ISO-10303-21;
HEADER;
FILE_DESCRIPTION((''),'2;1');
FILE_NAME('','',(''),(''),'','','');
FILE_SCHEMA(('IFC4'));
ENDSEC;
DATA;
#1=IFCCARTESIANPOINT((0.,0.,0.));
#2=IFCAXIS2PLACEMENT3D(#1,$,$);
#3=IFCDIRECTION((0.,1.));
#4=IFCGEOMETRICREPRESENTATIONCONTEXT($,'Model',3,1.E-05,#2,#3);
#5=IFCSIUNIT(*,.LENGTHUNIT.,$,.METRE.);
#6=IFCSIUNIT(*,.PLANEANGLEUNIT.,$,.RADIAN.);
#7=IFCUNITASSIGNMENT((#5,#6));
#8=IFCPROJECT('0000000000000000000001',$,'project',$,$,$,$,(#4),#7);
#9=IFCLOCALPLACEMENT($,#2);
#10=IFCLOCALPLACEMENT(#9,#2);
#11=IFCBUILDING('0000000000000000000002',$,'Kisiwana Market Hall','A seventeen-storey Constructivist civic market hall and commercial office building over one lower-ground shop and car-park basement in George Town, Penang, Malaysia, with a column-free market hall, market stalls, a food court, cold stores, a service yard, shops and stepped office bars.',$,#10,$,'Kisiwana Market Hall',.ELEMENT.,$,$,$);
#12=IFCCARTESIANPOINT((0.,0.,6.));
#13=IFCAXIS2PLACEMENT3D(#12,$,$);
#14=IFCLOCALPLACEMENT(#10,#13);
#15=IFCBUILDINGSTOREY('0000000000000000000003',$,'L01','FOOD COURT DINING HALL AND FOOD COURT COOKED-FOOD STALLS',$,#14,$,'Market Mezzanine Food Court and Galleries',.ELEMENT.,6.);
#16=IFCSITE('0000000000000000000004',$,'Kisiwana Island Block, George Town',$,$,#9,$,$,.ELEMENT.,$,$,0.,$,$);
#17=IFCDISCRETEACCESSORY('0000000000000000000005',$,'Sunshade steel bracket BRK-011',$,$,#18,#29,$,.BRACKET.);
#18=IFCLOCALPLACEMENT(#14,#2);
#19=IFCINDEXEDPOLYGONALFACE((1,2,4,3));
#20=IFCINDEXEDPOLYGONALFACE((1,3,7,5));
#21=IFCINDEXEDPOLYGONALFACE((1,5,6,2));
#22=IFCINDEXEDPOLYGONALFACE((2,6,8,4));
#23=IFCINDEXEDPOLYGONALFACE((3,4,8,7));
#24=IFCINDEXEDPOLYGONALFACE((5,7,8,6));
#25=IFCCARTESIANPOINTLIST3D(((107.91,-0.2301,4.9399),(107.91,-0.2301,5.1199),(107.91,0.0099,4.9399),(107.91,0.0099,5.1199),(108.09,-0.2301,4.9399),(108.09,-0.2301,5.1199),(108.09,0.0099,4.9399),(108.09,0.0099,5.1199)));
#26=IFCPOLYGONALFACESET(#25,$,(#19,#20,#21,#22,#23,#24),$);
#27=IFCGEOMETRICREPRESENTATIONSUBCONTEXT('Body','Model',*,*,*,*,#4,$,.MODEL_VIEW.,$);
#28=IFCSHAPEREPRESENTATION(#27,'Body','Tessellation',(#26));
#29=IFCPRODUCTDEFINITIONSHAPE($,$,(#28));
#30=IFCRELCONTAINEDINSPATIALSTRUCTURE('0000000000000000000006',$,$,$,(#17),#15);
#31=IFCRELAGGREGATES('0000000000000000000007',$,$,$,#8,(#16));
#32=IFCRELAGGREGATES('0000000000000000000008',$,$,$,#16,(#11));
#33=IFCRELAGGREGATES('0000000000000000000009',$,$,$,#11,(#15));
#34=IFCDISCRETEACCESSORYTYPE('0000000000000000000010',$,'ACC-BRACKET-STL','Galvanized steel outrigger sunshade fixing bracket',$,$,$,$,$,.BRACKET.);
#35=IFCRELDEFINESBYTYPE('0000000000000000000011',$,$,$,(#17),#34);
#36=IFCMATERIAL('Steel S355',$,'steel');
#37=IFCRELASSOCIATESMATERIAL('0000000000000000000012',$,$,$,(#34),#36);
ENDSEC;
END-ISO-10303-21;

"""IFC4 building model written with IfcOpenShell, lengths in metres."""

from ifc_helpers import new_model, si_unit, direction, frame, origin, origin_2d, place, context, subcontext, project, spatial, rectangle, extrude, material, type_object, element, save


model = new_model("IFC4")

# Units and contexts
model_context = context("Model", 3, precision=1e-05, world=origin(), true_north=direction((0.0, 1.0)))
body_context = subcontext(model_context, "Body", "Model", "MODEL_VIEW")
ifc_project = project(units=[si_unit("LENGTHUNIT", "METRE"), si_unit("PLANEANGLEUNIT", "RADIAN")], contexts=[model_context])

# Site, building, storey
site_placement = place(None, origin())
site = spatial("IfcSite", under=ifc_project, at=site_placement, Name="Kisiwana Island Block, George Town", CompositionType="ELEMENT", RefElevation=0.0)
building_placement = place(site_placement, origin())
building = spatial("IfcBuilding", under=site, at=building_placement, Name="Kisiwana Market Hall", Description="A seventeen-storey Constructivist civic market hall and commercial office building over one lower-ground shop and car-park basement in George Town, Penang, Malaysia, with a column-free market hall, market stalls, a food court, cold stores, a service yard, shops and stepped office bars.", LongName="Kisiwana Market Hall", CompositionType="ELEMENT")
storey_placement = place(building_placement, frame((0.0, 0.0, 6.0)))
storey = spatial("IfcBuildingStorey", under=building, at=storey_placement, Name="L01", Description="FOOD COURT DINING HALL AND FOOD COURT COOKED-FOOD STALLS", LongName="Market Mezzanine Food Court and Galleries", CompositionType="ELEMENT", Elevation=6.0)

# Discrete accessory
ifc_material_1 = material(Name="Steel S355", Category="steel")
discrete_accessory_type = type_object("IfcDiscreteAccessoryType", Name="ACC-BRACKET-STL", Description="Galvanized steel outrigger sunshade fixing bracket", PredefinedType="BRACKET", material=ifc_material_1)
discrete_accessory_placement = place(storey_placement, frame((108.0, -0.1101, 4.9399), z_axis=(0.0, 0.0, 1.0), x_axis=(1.0, 0.0, 0.0)))
element("IfcDiscreteAccessory", 1, at=discrete_accessory_placement, inside=storey, type_object=discrete_accessory_type, Name="Sunshade steel bracket BRK-011", PredefinedType="BRACKET", context=body_context, shape_type="SweptSolid", body=[
    extrude(rectangle(XDim=0.1799, YDim=0.24, at=origin_2d()), origin(), (0.0, 0.0, 1.0), 0.1799),
])

save(model, "model.ifc")
